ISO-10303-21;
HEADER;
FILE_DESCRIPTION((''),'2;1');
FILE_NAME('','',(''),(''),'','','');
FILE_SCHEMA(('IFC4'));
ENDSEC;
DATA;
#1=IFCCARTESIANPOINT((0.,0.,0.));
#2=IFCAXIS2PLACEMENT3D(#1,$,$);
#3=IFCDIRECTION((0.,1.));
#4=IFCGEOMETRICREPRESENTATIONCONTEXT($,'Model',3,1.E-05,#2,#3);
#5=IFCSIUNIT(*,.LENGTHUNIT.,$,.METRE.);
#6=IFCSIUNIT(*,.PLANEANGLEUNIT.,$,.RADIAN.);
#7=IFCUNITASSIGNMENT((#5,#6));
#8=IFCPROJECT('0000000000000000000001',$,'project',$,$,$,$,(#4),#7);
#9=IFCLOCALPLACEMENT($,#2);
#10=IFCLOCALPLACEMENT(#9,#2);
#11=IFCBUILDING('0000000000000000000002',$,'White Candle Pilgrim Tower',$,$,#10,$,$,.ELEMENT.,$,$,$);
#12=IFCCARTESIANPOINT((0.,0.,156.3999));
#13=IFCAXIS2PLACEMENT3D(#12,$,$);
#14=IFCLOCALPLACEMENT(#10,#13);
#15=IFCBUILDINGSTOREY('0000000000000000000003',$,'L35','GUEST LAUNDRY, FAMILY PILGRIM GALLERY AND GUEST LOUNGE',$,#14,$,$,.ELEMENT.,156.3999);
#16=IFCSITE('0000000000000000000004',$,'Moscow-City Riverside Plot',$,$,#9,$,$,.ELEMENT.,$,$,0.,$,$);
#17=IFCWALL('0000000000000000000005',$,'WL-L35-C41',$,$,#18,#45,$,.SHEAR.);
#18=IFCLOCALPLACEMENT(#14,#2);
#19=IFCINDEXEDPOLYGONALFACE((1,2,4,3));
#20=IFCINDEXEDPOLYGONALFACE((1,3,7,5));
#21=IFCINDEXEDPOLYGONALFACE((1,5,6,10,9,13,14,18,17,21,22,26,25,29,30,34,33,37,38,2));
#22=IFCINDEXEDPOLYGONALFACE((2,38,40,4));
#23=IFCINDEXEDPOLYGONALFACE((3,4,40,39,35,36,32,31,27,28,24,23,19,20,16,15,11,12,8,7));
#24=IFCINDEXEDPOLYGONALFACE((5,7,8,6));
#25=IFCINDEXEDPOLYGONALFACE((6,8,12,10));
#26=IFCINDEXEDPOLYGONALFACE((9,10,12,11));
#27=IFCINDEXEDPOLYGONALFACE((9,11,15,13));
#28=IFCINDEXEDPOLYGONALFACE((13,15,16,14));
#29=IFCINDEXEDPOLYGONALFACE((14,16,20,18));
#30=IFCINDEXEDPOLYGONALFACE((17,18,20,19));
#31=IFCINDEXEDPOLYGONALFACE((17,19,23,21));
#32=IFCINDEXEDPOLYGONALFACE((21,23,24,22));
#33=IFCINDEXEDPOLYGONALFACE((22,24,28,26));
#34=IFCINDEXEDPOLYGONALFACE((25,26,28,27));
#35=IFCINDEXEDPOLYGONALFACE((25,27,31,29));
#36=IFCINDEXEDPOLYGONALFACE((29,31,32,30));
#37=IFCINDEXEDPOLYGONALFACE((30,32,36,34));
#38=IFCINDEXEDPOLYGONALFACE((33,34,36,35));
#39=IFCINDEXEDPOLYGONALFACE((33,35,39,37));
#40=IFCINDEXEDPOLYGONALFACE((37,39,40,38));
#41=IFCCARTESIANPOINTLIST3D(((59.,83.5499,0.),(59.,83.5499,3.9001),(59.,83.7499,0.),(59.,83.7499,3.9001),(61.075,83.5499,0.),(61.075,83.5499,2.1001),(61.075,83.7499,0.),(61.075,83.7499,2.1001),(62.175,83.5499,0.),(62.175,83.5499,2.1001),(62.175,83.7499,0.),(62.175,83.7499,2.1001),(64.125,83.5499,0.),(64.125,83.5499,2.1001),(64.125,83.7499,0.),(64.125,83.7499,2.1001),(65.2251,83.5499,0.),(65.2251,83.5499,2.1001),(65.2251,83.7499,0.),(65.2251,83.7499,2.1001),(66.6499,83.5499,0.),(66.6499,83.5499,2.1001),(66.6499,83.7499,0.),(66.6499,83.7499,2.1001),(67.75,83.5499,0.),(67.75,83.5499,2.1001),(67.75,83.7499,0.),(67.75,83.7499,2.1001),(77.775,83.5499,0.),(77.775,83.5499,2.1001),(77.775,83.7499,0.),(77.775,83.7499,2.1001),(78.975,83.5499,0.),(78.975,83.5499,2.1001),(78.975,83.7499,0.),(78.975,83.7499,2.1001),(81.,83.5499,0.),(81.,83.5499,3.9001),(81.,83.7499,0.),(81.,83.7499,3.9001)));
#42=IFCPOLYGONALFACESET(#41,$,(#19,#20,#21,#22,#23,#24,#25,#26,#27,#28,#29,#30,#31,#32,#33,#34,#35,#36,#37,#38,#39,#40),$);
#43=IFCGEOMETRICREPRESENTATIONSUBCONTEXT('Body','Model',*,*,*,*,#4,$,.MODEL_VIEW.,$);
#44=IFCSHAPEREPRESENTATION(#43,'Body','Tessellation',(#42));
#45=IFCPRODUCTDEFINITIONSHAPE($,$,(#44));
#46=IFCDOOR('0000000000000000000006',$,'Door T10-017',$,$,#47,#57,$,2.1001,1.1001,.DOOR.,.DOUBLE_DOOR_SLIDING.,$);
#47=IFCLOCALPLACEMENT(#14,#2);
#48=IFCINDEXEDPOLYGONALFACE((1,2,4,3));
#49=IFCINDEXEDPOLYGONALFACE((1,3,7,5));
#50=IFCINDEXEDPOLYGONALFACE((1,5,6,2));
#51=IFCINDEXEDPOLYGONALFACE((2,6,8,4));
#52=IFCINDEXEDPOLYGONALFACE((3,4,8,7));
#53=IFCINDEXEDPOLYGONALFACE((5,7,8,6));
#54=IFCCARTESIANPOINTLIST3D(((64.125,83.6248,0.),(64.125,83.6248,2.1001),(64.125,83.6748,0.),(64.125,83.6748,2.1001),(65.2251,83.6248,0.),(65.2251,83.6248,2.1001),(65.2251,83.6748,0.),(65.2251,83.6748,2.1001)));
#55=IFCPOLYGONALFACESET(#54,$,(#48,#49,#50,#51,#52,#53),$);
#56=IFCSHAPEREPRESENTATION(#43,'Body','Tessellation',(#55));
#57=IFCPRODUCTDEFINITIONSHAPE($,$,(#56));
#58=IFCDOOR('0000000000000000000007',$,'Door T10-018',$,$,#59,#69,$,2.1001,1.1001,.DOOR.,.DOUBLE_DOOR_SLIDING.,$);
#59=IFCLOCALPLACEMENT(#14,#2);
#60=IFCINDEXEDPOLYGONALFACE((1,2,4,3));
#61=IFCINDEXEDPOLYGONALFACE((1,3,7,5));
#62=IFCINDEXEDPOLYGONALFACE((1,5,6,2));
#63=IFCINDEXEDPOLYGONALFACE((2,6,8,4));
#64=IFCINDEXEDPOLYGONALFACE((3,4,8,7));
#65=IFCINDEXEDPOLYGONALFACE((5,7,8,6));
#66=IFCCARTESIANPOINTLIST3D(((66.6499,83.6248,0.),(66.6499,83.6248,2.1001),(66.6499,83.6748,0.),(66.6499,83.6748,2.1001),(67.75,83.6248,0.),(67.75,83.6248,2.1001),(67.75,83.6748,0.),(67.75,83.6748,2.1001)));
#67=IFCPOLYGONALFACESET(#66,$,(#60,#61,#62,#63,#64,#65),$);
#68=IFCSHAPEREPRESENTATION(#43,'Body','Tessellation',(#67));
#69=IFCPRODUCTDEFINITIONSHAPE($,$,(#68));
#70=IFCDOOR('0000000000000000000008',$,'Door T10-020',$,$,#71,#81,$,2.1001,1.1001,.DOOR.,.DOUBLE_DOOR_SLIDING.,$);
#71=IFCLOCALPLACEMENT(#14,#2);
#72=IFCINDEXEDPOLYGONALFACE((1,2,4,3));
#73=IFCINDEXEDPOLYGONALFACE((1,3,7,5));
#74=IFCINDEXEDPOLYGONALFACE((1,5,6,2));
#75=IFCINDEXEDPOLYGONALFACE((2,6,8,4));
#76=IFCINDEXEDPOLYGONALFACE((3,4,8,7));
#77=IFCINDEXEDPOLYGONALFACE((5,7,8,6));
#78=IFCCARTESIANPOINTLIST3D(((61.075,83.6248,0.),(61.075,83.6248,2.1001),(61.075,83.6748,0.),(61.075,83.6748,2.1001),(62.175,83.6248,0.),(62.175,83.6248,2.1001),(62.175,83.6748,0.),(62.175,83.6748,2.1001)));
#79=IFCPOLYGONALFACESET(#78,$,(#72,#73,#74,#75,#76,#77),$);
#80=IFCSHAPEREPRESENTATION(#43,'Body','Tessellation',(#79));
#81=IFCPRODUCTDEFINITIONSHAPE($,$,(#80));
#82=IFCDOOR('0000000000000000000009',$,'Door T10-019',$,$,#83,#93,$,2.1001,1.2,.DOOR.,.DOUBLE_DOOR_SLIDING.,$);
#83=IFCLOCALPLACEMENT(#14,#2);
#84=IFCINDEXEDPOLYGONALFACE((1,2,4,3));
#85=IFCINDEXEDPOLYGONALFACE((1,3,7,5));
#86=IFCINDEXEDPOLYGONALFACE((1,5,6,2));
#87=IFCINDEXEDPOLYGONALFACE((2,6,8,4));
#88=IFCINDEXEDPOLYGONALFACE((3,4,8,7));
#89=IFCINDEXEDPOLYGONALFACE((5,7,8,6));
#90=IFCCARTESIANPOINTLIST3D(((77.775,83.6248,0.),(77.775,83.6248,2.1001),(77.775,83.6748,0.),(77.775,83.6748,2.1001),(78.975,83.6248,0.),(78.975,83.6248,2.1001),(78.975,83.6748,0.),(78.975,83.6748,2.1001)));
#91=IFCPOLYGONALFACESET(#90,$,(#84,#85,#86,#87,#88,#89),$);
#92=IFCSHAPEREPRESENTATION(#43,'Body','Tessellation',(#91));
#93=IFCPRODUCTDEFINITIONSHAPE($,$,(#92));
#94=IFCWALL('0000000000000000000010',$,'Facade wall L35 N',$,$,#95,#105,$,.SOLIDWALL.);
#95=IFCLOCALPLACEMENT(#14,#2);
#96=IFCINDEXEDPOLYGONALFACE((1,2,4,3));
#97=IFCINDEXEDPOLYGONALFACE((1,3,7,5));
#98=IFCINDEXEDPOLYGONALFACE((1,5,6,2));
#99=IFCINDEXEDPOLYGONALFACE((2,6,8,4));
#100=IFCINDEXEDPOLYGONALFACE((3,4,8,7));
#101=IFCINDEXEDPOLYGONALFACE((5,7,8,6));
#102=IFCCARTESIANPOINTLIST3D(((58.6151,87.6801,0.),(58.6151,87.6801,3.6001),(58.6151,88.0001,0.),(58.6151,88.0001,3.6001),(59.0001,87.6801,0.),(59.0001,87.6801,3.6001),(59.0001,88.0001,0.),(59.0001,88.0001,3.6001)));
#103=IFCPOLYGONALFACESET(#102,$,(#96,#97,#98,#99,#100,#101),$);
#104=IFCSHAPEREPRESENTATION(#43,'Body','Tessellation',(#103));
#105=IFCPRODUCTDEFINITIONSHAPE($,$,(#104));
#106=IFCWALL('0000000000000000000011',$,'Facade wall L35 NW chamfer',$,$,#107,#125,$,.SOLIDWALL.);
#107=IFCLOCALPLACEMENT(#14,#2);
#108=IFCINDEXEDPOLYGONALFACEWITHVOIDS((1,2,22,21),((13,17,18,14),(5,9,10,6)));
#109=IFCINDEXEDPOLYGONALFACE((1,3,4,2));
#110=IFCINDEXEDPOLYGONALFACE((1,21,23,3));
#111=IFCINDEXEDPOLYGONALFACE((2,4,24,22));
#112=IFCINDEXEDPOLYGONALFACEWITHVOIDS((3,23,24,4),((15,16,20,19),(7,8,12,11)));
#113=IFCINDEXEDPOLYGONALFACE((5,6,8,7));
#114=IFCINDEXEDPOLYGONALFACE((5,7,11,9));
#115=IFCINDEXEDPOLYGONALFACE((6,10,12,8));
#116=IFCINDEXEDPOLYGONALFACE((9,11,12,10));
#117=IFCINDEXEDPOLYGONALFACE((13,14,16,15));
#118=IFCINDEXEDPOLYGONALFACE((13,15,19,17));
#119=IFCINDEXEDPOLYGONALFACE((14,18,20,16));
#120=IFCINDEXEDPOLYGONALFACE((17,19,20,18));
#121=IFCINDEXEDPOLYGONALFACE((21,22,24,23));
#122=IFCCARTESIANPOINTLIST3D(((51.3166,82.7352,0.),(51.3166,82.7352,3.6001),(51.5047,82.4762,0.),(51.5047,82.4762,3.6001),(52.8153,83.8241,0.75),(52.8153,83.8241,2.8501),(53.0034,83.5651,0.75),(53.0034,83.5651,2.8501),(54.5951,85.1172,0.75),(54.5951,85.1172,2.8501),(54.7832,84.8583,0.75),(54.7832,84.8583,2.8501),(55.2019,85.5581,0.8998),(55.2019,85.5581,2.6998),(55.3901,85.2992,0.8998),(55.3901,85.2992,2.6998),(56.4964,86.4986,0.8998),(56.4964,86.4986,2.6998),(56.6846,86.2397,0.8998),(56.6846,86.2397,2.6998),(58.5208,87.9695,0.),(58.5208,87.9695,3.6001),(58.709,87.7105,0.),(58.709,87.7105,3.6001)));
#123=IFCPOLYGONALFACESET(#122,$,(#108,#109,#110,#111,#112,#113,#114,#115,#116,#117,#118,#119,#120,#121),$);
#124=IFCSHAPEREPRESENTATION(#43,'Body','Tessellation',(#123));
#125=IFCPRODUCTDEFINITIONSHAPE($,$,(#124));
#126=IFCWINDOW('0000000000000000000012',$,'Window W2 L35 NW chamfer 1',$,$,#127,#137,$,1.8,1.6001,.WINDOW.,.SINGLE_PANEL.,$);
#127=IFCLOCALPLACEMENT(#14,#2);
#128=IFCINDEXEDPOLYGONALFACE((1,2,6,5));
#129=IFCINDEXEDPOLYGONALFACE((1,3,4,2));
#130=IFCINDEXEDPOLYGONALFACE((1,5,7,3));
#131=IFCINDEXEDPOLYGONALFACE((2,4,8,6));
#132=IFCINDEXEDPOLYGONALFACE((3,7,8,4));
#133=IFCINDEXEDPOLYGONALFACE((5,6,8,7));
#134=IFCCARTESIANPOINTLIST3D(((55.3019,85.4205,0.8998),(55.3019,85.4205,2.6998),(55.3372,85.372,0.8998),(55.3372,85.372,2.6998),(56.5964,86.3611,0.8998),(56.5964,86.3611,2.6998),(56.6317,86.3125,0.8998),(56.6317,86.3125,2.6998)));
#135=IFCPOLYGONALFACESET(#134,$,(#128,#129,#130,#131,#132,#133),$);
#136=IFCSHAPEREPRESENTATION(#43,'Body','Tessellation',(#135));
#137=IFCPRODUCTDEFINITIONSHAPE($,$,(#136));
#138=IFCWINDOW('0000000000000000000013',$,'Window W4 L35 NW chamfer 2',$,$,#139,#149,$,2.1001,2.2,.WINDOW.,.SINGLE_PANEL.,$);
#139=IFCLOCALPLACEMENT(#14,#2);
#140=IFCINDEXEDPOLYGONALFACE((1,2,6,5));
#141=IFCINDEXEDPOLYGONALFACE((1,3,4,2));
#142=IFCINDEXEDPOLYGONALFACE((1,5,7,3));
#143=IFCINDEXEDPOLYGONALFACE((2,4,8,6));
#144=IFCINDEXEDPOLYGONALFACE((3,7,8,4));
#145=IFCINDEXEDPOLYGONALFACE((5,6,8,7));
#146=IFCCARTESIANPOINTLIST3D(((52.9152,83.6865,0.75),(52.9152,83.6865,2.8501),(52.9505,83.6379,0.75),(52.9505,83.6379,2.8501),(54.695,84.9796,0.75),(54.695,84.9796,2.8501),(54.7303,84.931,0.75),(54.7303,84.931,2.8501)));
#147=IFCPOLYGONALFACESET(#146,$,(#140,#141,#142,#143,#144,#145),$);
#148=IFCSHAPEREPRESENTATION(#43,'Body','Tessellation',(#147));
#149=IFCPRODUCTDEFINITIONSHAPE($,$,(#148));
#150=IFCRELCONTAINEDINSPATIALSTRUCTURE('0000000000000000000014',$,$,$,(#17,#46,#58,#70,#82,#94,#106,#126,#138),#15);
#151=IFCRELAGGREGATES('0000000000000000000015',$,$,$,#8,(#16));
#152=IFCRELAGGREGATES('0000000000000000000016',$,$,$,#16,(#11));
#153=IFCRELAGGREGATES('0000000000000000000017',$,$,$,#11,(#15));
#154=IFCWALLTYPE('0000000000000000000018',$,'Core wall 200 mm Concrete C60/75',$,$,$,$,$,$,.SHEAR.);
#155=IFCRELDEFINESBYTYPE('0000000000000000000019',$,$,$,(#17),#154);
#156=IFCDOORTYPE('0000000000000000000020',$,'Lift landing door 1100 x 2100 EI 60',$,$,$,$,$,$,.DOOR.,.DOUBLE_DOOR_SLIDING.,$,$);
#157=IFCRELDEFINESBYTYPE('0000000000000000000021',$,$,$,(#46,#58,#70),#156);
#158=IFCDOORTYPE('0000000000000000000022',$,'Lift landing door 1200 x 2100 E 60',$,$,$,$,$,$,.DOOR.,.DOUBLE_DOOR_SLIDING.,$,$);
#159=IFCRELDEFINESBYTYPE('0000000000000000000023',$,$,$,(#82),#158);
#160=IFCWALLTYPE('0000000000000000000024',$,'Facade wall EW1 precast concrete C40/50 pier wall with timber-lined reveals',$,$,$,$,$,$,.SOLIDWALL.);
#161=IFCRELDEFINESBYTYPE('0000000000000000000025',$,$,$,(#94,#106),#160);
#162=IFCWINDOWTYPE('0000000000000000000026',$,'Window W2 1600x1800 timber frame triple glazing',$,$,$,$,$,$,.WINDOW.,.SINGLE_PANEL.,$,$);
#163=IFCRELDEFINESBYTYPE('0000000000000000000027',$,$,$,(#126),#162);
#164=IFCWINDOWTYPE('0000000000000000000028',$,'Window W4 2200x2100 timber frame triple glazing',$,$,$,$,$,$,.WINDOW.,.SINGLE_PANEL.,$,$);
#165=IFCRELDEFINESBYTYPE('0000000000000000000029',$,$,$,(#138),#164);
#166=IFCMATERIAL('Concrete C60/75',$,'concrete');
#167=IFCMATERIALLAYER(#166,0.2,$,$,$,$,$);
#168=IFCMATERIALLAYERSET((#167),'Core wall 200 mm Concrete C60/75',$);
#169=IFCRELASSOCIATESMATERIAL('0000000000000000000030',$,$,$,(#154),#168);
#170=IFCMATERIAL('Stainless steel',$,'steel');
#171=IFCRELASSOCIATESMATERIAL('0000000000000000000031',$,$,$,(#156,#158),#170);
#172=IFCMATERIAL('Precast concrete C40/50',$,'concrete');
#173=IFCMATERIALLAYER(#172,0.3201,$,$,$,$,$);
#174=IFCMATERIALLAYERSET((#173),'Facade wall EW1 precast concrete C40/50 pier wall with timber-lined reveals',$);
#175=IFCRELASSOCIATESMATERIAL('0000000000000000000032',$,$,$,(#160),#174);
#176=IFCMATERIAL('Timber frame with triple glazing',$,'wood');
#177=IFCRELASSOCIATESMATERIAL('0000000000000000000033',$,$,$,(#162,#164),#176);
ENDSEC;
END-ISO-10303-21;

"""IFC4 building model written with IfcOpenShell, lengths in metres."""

from ifc_helpers import new_model, si_unit, direction, frame, frame_2d, origin, place, context, subcontext, project, spatial, rectangle, extrude, material, layer, layer_set, type_object, element, fill, save


model = new_model("IFC4")

# Units and contexts
model_context = context("Model", 3, precision=1e-05, world=origin(), true_north=direction((0.0, 1.0)))
body_context = subcontext(model_context, "Body", "Model", "MODEL_VIEW")
ifc_project = project(units=[si_unit("LENGTHUNIT", "METRE"), si_unit("PLANEANGLEUNIT", "RADIAN")], contexts=[model_context])

# Site, building, storey
site_placement = place(None, origin())
site = spatial("IfcSite", under=ifc_project, at=site_placement, Name="Moscow-City Riverside Plot", CompositionType="ELEMENT", RefElevation=0.0)
building_placement = place(site_placement, origin())
building = spatial("IfcBuilding", under=site, at=building_placement, Name="White Candle Pilgrim Tower", CompositionType="ELEMENT")
storey_placement = place(building_placement, frame((0.0, 0.0, 156.3999)))
storey = spatial("IfcBuildingStorey", under=building, at=storey_placement, Name="L35", Description="GUEST LAUNDRY, FAMILY PILGRIM GALLERY AND GUEST LOUNGE", CompositionType="ELEMENT", Elevation=156.3999)

# Shared definitions
ifc_material_1 = material(Name="Concrete C60/75", Category="concrete")
ifc_layer_1 = layer(ifc_material_1, 0.2)
ifc_layer_set_1 = layer_set([ifc_layer_1], Name="Core wall 200 mm Concrete C60/75")
wall_type_1 = type_object("IfcWallType", Name="Core wall 200 mm Concrete C60/75", PredefinedType="SHEAR", material=ifc_layer_set_1)

# Wall, openings, doors
wall_1_placement = place(storey_placement, frame((59.0, 83.6499, 0.0), z_axis=(0.0, 0.0, 1.0), x_axis=(1.0, 0.0, 0.0)))
wall_1 = element("IfcWall", 1, at=wall_1_placement, inside=storey, type_object=wall_type_1, Name="WL-L35-C41", PredefinedType="SHEAR", context=body_context, shape_type="SweptSolid", body=[
    extrude(rectangle(XDim=22.0, YDim=0.2, at=frame_2d((11.0, 0.0))), origin(), (0.0, 0.0, 1.0), 3.9001),
])
opening_1_placement = place(wall_1_placement, frame((5.125, 0.0, 0.0)))
opening_1 = element("IfcOpeningElement", 2, at=opening_1_placement, cuts=wall_1, PredefinedType="OPENING", context=body_context, shape_type="SweptSolid", body=[
    extrude(rectangle(XDim=1.1001, YDim=2.1001, at=frame_2d((0.55, 1.05))), frame((0.0, 0.1099, 0.0), z_axis=(0.0, -1.0, 0.0), x_axis=(1.0, 0.0, 0.0)), (0.0, 0.0, 1.0), 0.22),
])
opening_2_placement = place(wall_1_placement, frame((7.6499, 0.0, 0.0)))
opening_2 = element("IfcOpeningElement", 3, at=opening_2_placement, cuts=wall_1, PredefinedType="OPENING", context=body_context, shape_type="SweptSolid", body=[
    extrude(rectangle(XDim=1.1001, YDim=2.1001, at=frame_2d((0.55, 1.05))), frame((0.0, 0.1099, 0.0), z_axis=(0.0, -1.0, 0.0), x_axis=(1.0, 0.0, 0.0)), (0.0, 0.0, 1.0), 0.22),
])
opening_3_placement = place(wall_1_placement, frame((18.7749, 0.0, 0.0)))
opening_3 = element("IfcOpeningElement", 4, at=opening_3_placement, cuts=wall_1, PredefinedType="OPENING", context=body_context, shape_type="SweptSolid", body=[
    extrude(rectangle(XDim=1.2, YDim=2.1001, at=frame_2d((0.6001, 1.05))), frame((0.0, 0.1099, 0.0), z_axis=(0.0, -1.0, 0.0), x_axis=(1.0, 0.0, 0.0)), (0.0, 0.0, 1.0), 0.22),
])
opening_4_placement = place(wall_1_placement, frame((2.075, 0.0, 0.0)))
opening_4 = element("IfcOpeningElement", 5, at=opening_4_placement, cuts=wall_1, PredefinedType="OPENING", context=body_context, shape_type="SweptSolid", body=[
    extrude(rectangle(XDim=1.1001, YDim=2.1001, at=frame_2d((0.55, 1.05))), frame((0.0, 0.1099, 0.0), z_axis=(0.0, -1.0, 0.0), x_axis=(1.0, 0.0, 0.0)), (0.0, 0.0, 1.0), 0.22),
])
ifc_material_2 = material(Name="Stainless steel", Category="steel")
door_type_1 = type_object("IfcDoorType", Name="Lift landing door 1100 x 2100 EI 60", OperationType="DOUBLE_DOOR_SLIDING", PredefinedType="DOOR", material=ifc_material_2)
door_1_placement = place(opening_1_placement, origin())
door_1 = element("IfcDoor", 6, at=door_1_placement, inside=storey, type_object=door_type_1, Name="Door T10-017", OperationType="DOUBLE_DOOR_SLIDING", OverallHeight=2.1001, OverallWidth=1.1001, PredefinedType="DOOR", context=body_context, shape_type="SweptSolid", body=[
    extrude(rectangle(XDim=1.1001, YDim=2.1001, at=frame_2d((0.55, 1.05))), frame((0.0, 0.0249, 0.0), z_axis=(0.0, -1.0, 0.0), x_axis=(1.0, 0.0, 0.0)), (0.0, 0.0, 1.0), 0.05),
])
fill(opening_1, door_1)
door_2_placement = place(opening_2_placement, origin())
door_2 = element("IfcDoor", 7, at=door_2_placement, inside=storey, type_object=door_type_1, Name="Door T10-018", OperationType="DOUBLE_DOOR_SLIDING", OverallHeight=2.1001, OverallWidth=1.1001, PredefinedType="DOOR", context=body_context, shape_type="SweptSolid", body=[
    extrude(rectangle(XDim=1.1001, YDim=2.1001, at=frame_2d((0.55, 1.05))), frame((0.0, 0.0249, 0.0), z_axis=(0.0, -1.0, 0.0), x_axis=(1.0, 0.0, 0.0)), (0.0, 0.0, 1.0), 0.05),
])
fill(opening_2, door_2)
door_3_placement = place(opening_4_placement, origin())
door_3 = element("IfcDoor", 8, at=door_3_placement, inside=storey, type_object=door_type_1, Name="Door T10-020", OperationType="DOUBLE_DOOR_SLIDING", OverallHeight=2.1001, OverallWidth=1.1001, PredefinedType="DOOR", context=body_context, shape_type="SweptSolid", body=[
    extrude(rectangle(XDim=1.1001, YDim=2.1001, at=frame_2d((0.55, 1.05))), frame((0.0, 0.0249, 0.0), z_axis=(0.0, -1.0, 0.0), x_axis=(1.0, 0.0, 0.0)), (0.0, 0.0, 1.0), 0.05),
])
fill(opening_4, door_3)
door_type_2 = type_object("IfcDoorType", Name="Lift landing door 1200 x 2100 E 60", OperationType="DOUBLE_DOOR_SLIDING", PredefinedType="DOOR", material=ifc_material_2)
door_4_placement = place(opening_3_placement, origin())
door_4 = element("IfcDoor", 9, at=door_4_placement, inside=storey, type_object=door_type_2, Name="Door T10-019", OperationType="DOUBLE_DOOR_SLIDING", OverallHeight=2.1001, OverallWidth=1.2, PredefinedType="DOOR", context=body_context, shape_type="SweptSolid", body=[
    extrude(rectangle(XDim=1.2, YDim=2.1001, at=frame_2d((0.6001, 1.05))), frame((0.0, 0.0249, 0.0), z_axis=(0.0, -1.0, 0.0), x_axis=(1.0, 0.0, 0.0)), (0.0, 0.0, 1.0), 0.05),
])
fill(opening_3, door_4)

# Wall
ifc_material_3 = material(Name="Precast concrete C40/50", Category="concrete")
ifc_layer_2 = layer(ifc_material_3, 0.3201)
ifc_layer_set_2 = layer_set([ifc_layer_2], Name="Facade wall EW1 precast concrete C40/50 pier wall with timber-lined reveals")
wall_type_2 = type_object("IfcWallType", Name="Facade wall EW1 precast concrete C40/50 pier wall with timber-lined reveals", PredefinedType="SOLIDWALL", material=ifc_layer_set_2)
wall_2_placement = place(storey_placement, frame((59.0, 87.8401, 0.0), z_axis=(0.0, 0.0, 1.0), x_axis=(-1.0, 0.0, 0.0)))
element("IfcWall", 10, at=wall_2_placement, inside=storey, type_object=wall_type_2, Name="Facade wall L35 N", PredefinedType="SOLIDWALL", context=body_context, shape_type="SweptSolid", body=[
    extrude(rectangle(XDim=0.385, YDim=0.3201, at=frame_2d((0.1924, 0.0))), origin(), (0.0, 0.0, 1.0), 3.6001),
])

# Wall, openings, windows
wall_3_placement = place(storey_placement, frame((58.615, 87.8401, 0.0), z_axis=(0.0, 0.0, 1.0), x_axis=(-0.809011, -0.587793, 0.0)))
wall_3 = element("IfcWall", 11, at=wall_3_placement, inside=storey, type_object=wall_type_2, Name="Facade wall L35 NW chamfer", PredefinedType="SOLIDWALL", context=body_context, shape_type="SweptSolid", body=[
    extrude(rectangle(XDim=8.905, YDim=0.3201, at=frame_2d((4.4526, 0.0))), origin(), (0.0, 0.0, 1.0), 3.6001),
])
opening_5_placement = place(wall_3_placement, frame((2.5024, 0.0, 0.8999)))
opening_5 = element("IfcOpeningElement", 12, at=opening_5_placement, cuts=wall_3, PredefinedType="OPENING", context=body_context, shape_type="SweptSolid", body=[
    extrude(rectangle(XDim=1.6001, YDim=1.8, at=frame_2d((0.8, 0.8999))), frame((0.0, 0.1699, 0.0), z_axis=(0.0, -1.0, 0.0), x_axis=(1.0, 0.0, 0.0)), (0.0, 0.0, 1.0), 0.3401),
])
opening_6_placement = place(wall_3_placement, frame((4.8525, 0.0, 0.75)))
opening_6 = element("IfcOpeningElement", 13, at=opening_6_placement, cuts=wall_3, PredefinedType="OPENING", context=body_context, shape_type="SweptSolid", body=[
    extrude(rectangle(XDim=2.2, YDim=2.1001, at=frame_2d((1.1001, 1.05))), frame((0.0, 0.1699, 0.0), z_axis=(0.0, -1.0, 0.0), x_axis=(1.0, 0.0, 0.0)), (0.0, 0.0, 1.0), 0.3401),
])
ifc_material_4 = material(Name="Timber frame with triple glazing", Category="wood")
window_type_1 = type_object("IfcWindowType", Name="Window W2 1600x1800 timber frame triple glazing", PartitioningType="SINGLE_PANEL", PredefinedType="WINDOW", material=ifc_material_4)
window_1_placement = place(opening_5_placement, origin())
window_1 = element("IfcWindow", 14, at=window_1_placement, inside=storey, type_object=window_type_1, Name="Window W2 L35 NW chamfer 1", OverallHeight=1.8, OverallWidth=1.6001, PartitioningType="SINGLE_PANEL", PredefinedType="WINDOW", context=body_context, shape_type="SweptSolid", body=[
    extrude(rectangle(XDim=1.6001, YDim=1.8, at=frame_2d((0.8, 0.8999))), frame((0.0, 0.0701, 0.0), z_axis=(0.0, -1.0, 0.0), x_axis=(1.0, 0.0, 0.0)), (0.0, 0.0, 1.0), 0.0601),
])
fill(opening_5, window_1)
window_type_2 = type_object("IfcWindowType", Name="Window W4 2200x2100 timber frame triple glazing", PartitioningType="SINGLE_PANEL", PredefinedType="WINDOW", material=ifc_material_4)
window_2_placement = place(opening_6_placement, origin())
window_2 = element("IfcWindow", 15, at=window_2_placement, inside=storey, type_object=window_type_2, Name="Window W4 L35 NW chamfer 2", OverallHeight=2.1001, OverallWidth=2.2, PartitioningType="SINGLE_PANEL", PredefinedType="WINDOW", context=body_context, shape_type="SweptSolid", body=[
    extrude(rectangle(XDim=2.2, YDim=2.1001, at=frame_2d((1.1001, 1.05))), frame((0.0, 0.0701, 0.0), z_axis=(0.0, -1.0, 0.0), x_axis=(1.0, 0.0, 0.0)), (0.0, 0.0, 1.0), 0.0601),
])
fill(opening_6, window_2)

save(model, "model.ifc")
